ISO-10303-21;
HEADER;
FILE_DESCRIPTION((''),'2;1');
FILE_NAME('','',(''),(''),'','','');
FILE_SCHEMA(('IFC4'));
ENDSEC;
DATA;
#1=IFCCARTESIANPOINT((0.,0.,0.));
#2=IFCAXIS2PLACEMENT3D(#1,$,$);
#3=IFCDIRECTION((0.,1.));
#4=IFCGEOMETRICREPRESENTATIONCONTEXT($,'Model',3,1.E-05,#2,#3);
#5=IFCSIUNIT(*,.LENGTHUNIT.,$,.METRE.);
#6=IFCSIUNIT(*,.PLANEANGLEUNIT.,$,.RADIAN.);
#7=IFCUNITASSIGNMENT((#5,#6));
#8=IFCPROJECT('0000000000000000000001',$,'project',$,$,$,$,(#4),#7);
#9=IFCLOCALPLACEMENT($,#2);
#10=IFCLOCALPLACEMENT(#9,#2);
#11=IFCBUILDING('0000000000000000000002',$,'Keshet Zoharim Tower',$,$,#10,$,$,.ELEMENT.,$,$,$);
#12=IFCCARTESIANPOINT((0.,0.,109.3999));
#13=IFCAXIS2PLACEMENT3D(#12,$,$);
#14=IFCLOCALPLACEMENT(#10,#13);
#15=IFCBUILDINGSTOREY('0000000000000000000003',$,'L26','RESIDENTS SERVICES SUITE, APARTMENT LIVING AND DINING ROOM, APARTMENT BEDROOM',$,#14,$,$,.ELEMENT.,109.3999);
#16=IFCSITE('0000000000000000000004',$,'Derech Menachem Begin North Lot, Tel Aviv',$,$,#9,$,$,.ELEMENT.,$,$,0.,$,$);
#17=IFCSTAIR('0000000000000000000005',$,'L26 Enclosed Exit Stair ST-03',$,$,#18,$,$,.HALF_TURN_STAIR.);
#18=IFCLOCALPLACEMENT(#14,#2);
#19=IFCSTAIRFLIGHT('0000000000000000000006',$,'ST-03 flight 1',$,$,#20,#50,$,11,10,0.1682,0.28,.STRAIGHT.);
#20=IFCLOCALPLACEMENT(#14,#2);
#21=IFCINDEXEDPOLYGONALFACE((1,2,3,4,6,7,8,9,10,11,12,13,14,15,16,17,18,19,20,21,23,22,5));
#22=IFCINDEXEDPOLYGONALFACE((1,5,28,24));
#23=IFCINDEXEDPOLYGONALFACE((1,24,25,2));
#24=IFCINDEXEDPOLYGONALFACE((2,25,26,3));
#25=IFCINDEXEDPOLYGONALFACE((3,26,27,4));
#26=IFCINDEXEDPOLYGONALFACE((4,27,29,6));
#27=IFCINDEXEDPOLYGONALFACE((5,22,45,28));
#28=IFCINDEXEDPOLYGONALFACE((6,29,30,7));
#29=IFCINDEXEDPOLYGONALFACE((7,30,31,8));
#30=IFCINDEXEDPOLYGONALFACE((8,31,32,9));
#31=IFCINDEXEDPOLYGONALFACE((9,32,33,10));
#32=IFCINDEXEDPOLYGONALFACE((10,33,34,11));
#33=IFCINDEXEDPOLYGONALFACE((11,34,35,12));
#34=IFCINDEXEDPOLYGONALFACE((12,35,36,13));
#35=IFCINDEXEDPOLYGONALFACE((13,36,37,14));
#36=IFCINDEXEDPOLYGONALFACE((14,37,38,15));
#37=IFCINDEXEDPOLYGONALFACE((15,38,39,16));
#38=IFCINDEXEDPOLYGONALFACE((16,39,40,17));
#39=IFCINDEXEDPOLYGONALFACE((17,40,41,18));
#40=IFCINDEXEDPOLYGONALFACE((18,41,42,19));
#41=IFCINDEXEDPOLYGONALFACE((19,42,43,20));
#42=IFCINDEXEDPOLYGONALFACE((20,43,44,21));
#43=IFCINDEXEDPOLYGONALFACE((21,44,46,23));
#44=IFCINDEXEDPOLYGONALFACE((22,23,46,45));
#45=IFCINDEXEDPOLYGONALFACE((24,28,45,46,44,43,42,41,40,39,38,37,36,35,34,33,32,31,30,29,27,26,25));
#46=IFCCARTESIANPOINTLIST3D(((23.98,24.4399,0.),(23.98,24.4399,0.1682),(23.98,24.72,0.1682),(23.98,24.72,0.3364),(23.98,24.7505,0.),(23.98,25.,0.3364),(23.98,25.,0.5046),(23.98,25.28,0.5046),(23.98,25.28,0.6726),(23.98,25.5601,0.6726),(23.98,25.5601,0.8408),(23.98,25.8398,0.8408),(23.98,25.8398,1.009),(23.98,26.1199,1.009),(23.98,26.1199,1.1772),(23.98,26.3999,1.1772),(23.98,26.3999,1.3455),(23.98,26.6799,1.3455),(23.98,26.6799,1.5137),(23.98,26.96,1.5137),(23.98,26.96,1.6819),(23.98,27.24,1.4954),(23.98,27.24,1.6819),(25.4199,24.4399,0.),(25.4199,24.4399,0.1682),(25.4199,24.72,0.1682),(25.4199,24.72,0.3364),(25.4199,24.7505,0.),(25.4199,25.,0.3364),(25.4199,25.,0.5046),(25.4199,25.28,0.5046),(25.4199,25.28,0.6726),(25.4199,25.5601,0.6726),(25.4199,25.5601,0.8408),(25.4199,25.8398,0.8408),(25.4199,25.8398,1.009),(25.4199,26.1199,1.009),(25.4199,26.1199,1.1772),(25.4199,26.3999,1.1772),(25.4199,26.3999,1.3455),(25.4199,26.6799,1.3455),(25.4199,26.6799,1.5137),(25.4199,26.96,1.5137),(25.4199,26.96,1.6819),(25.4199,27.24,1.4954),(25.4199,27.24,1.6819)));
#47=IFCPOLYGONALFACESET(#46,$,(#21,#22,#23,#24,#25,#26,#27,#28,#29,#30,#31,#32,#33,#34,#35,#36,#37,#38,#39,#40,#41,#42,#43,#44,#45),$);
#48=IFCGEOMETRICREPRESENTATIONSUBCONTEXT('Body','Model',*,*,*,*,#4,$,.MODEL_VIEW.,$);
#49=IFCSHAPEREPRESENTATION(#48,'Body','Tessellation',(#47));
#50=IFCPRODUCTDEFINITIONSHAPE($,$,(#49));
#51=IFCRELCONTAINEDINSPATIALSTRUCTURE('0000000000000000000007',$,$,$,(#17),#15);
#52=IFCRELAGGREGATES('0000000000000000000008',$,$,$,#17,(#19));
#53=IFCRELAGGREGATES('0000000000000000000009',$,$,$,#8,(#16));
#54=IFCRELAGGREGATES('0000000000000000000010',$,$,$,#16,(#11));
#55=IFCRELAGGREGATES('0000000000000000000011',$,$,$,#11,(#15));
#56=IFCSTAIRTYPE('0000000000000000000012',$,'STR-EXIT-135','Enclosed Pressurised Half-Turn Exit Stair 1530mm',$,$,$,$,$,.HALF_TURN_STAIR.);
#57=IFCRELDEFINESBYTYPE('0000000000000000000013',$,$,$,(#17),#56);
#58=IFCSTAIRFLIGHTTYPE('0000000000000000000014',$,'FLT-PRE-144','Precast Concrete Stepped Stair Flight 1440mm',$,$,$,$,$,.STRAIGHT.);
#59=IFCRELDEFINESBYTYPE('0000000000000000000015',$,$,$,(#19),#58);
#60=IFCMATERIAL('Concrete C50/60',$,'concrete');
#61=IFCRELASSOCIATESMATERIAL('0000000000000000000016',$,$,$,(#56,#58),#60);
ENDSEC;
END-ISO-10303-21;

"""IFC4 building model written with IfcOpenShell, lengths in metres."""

from ifc_helpers import new_model, si_unit, direction, frame, origin, place, context, subcontext, project, spatial, polyline, outline, extrude, material, type_object, element, aggregate, save


model = new_model("IFC4")

# Units and contexts
model_context = context("Model", 3, precision=1e-05, world=origin(), true_north=direction((0.0, 1.0)))
body_context = subcontext(model_context, "Body", "Model", "MODEL_VIEW")
ifc_project = project(units=[si_unit("LENGTHUNIT", "METRE"), si_unit("PLANEANGLEUNIT", "RADIAN")], contexts=[model_context])

# Site, building, storey
site_placement = place(None, origin())
site = spatial("IfcSite", under=ifc_project, at=site_placement, Name="Derech Menachem Begin North Lot, Tel Aviv", CompositionType="ELEMENT", RefElevation=0.0)
building_placement = place(site_placement, origin())
building = spatial("IfcBuilding", under=site, at=building_placement, Name="Keshet Zoharim Tower", CompositionType="ELEMENT")
storey_placement = place(building_placement, frame((0.0, 0.0, 109.3999)))
storey = spatial("IfcBuildingStorey", under=building, at=storey_placement, Name="L26", Description="RESIDENTS SERVICES SUITE, APARTMENT LIVING AND DINING ROOM, APARTMENT BEDROOM", CompositionType="ELEMENT", Elevation=109.3999)

# Shared definitions
ifc_material_1 = material(Name="Concrete C50/60", Category="concrete")

# Stair, stair flight
stair_type = type_object("IfcStairType", Name="STR-EXIT-135", Description="Enclosed Pressurised Half-Turn Exit Stair 1530mm", PredefinedType="HALF_TURN_STAIR", material=ifc_material_1)
stair_placement = place(storey_placement, origin())
stair = element("IfcStair", 1, at=stair_placement, inside=storey, type_object=stair_type, Name="L26 Enclosed Exit Stair ST-03", PredefinedType="HALF_TURN_STAIR")
stair_flight_type = type_object("IfcStairFlightType", Name="FLT-PRE-144", Description="Precast Concrete Stepped Stair Flight 1440mm", PredefinedType="STRAIGHT", material=ifc_material_1)
stair_flight_placement = place(storey_placement, frame((24.7, 24.4399, 0.0), z_axis=(0.0, 0.0, 1.0), x_axis=(0.0, 1.0, 0.0)))
stair_flight = element("IfcStairFlight", 2, at=stair_flight_placement, type_object=stair_flight_type, Name="ST-03 flight 1", NumberOfRisers=11, NumberOfTreads=10, PredefinedType="STRAIGHT", RiserHeight=0.1682, TreadLength=0.28, context=body_context, shape_type="SweptSolid", body=[
    extrude(outline(polyline([(0.0, 0.0), (0.0, 0.1682), (0.28, 0.1682), (0.28, 0.3364), (0.5601, 0.3364), (0.5601, 0.5046), (0.8401, 0.5046), (0.8401, 0.6726), (1.1201, 0.6726), (1.1201, 0.8408), (1.3999, 0.8408), (1.3999, 1.009), (1.6799, 1.009), (1.6799, 1.1772), (1.96, 1.1772), (1.96, 1.3455), (2.24, 1.3455), (2.24, 1.5137), (2.52, 1.5137), (2.52, 1.6819), (2.8, 1.6819), (2.8, 1.8501), (2.8, 1.4954), (0.3105, 0.0), (0.0, 0.0)])), frame((0.0, 0.72, 0.0), z_axis=(0.0, -1.0, 0.0), x_axis=(1.0, 0.0, 0.0)), (0.0, 0.0, 1.0), 1.4399),
])
aggregate(stair, [stair_flight])

save(model, "model.ifc")
